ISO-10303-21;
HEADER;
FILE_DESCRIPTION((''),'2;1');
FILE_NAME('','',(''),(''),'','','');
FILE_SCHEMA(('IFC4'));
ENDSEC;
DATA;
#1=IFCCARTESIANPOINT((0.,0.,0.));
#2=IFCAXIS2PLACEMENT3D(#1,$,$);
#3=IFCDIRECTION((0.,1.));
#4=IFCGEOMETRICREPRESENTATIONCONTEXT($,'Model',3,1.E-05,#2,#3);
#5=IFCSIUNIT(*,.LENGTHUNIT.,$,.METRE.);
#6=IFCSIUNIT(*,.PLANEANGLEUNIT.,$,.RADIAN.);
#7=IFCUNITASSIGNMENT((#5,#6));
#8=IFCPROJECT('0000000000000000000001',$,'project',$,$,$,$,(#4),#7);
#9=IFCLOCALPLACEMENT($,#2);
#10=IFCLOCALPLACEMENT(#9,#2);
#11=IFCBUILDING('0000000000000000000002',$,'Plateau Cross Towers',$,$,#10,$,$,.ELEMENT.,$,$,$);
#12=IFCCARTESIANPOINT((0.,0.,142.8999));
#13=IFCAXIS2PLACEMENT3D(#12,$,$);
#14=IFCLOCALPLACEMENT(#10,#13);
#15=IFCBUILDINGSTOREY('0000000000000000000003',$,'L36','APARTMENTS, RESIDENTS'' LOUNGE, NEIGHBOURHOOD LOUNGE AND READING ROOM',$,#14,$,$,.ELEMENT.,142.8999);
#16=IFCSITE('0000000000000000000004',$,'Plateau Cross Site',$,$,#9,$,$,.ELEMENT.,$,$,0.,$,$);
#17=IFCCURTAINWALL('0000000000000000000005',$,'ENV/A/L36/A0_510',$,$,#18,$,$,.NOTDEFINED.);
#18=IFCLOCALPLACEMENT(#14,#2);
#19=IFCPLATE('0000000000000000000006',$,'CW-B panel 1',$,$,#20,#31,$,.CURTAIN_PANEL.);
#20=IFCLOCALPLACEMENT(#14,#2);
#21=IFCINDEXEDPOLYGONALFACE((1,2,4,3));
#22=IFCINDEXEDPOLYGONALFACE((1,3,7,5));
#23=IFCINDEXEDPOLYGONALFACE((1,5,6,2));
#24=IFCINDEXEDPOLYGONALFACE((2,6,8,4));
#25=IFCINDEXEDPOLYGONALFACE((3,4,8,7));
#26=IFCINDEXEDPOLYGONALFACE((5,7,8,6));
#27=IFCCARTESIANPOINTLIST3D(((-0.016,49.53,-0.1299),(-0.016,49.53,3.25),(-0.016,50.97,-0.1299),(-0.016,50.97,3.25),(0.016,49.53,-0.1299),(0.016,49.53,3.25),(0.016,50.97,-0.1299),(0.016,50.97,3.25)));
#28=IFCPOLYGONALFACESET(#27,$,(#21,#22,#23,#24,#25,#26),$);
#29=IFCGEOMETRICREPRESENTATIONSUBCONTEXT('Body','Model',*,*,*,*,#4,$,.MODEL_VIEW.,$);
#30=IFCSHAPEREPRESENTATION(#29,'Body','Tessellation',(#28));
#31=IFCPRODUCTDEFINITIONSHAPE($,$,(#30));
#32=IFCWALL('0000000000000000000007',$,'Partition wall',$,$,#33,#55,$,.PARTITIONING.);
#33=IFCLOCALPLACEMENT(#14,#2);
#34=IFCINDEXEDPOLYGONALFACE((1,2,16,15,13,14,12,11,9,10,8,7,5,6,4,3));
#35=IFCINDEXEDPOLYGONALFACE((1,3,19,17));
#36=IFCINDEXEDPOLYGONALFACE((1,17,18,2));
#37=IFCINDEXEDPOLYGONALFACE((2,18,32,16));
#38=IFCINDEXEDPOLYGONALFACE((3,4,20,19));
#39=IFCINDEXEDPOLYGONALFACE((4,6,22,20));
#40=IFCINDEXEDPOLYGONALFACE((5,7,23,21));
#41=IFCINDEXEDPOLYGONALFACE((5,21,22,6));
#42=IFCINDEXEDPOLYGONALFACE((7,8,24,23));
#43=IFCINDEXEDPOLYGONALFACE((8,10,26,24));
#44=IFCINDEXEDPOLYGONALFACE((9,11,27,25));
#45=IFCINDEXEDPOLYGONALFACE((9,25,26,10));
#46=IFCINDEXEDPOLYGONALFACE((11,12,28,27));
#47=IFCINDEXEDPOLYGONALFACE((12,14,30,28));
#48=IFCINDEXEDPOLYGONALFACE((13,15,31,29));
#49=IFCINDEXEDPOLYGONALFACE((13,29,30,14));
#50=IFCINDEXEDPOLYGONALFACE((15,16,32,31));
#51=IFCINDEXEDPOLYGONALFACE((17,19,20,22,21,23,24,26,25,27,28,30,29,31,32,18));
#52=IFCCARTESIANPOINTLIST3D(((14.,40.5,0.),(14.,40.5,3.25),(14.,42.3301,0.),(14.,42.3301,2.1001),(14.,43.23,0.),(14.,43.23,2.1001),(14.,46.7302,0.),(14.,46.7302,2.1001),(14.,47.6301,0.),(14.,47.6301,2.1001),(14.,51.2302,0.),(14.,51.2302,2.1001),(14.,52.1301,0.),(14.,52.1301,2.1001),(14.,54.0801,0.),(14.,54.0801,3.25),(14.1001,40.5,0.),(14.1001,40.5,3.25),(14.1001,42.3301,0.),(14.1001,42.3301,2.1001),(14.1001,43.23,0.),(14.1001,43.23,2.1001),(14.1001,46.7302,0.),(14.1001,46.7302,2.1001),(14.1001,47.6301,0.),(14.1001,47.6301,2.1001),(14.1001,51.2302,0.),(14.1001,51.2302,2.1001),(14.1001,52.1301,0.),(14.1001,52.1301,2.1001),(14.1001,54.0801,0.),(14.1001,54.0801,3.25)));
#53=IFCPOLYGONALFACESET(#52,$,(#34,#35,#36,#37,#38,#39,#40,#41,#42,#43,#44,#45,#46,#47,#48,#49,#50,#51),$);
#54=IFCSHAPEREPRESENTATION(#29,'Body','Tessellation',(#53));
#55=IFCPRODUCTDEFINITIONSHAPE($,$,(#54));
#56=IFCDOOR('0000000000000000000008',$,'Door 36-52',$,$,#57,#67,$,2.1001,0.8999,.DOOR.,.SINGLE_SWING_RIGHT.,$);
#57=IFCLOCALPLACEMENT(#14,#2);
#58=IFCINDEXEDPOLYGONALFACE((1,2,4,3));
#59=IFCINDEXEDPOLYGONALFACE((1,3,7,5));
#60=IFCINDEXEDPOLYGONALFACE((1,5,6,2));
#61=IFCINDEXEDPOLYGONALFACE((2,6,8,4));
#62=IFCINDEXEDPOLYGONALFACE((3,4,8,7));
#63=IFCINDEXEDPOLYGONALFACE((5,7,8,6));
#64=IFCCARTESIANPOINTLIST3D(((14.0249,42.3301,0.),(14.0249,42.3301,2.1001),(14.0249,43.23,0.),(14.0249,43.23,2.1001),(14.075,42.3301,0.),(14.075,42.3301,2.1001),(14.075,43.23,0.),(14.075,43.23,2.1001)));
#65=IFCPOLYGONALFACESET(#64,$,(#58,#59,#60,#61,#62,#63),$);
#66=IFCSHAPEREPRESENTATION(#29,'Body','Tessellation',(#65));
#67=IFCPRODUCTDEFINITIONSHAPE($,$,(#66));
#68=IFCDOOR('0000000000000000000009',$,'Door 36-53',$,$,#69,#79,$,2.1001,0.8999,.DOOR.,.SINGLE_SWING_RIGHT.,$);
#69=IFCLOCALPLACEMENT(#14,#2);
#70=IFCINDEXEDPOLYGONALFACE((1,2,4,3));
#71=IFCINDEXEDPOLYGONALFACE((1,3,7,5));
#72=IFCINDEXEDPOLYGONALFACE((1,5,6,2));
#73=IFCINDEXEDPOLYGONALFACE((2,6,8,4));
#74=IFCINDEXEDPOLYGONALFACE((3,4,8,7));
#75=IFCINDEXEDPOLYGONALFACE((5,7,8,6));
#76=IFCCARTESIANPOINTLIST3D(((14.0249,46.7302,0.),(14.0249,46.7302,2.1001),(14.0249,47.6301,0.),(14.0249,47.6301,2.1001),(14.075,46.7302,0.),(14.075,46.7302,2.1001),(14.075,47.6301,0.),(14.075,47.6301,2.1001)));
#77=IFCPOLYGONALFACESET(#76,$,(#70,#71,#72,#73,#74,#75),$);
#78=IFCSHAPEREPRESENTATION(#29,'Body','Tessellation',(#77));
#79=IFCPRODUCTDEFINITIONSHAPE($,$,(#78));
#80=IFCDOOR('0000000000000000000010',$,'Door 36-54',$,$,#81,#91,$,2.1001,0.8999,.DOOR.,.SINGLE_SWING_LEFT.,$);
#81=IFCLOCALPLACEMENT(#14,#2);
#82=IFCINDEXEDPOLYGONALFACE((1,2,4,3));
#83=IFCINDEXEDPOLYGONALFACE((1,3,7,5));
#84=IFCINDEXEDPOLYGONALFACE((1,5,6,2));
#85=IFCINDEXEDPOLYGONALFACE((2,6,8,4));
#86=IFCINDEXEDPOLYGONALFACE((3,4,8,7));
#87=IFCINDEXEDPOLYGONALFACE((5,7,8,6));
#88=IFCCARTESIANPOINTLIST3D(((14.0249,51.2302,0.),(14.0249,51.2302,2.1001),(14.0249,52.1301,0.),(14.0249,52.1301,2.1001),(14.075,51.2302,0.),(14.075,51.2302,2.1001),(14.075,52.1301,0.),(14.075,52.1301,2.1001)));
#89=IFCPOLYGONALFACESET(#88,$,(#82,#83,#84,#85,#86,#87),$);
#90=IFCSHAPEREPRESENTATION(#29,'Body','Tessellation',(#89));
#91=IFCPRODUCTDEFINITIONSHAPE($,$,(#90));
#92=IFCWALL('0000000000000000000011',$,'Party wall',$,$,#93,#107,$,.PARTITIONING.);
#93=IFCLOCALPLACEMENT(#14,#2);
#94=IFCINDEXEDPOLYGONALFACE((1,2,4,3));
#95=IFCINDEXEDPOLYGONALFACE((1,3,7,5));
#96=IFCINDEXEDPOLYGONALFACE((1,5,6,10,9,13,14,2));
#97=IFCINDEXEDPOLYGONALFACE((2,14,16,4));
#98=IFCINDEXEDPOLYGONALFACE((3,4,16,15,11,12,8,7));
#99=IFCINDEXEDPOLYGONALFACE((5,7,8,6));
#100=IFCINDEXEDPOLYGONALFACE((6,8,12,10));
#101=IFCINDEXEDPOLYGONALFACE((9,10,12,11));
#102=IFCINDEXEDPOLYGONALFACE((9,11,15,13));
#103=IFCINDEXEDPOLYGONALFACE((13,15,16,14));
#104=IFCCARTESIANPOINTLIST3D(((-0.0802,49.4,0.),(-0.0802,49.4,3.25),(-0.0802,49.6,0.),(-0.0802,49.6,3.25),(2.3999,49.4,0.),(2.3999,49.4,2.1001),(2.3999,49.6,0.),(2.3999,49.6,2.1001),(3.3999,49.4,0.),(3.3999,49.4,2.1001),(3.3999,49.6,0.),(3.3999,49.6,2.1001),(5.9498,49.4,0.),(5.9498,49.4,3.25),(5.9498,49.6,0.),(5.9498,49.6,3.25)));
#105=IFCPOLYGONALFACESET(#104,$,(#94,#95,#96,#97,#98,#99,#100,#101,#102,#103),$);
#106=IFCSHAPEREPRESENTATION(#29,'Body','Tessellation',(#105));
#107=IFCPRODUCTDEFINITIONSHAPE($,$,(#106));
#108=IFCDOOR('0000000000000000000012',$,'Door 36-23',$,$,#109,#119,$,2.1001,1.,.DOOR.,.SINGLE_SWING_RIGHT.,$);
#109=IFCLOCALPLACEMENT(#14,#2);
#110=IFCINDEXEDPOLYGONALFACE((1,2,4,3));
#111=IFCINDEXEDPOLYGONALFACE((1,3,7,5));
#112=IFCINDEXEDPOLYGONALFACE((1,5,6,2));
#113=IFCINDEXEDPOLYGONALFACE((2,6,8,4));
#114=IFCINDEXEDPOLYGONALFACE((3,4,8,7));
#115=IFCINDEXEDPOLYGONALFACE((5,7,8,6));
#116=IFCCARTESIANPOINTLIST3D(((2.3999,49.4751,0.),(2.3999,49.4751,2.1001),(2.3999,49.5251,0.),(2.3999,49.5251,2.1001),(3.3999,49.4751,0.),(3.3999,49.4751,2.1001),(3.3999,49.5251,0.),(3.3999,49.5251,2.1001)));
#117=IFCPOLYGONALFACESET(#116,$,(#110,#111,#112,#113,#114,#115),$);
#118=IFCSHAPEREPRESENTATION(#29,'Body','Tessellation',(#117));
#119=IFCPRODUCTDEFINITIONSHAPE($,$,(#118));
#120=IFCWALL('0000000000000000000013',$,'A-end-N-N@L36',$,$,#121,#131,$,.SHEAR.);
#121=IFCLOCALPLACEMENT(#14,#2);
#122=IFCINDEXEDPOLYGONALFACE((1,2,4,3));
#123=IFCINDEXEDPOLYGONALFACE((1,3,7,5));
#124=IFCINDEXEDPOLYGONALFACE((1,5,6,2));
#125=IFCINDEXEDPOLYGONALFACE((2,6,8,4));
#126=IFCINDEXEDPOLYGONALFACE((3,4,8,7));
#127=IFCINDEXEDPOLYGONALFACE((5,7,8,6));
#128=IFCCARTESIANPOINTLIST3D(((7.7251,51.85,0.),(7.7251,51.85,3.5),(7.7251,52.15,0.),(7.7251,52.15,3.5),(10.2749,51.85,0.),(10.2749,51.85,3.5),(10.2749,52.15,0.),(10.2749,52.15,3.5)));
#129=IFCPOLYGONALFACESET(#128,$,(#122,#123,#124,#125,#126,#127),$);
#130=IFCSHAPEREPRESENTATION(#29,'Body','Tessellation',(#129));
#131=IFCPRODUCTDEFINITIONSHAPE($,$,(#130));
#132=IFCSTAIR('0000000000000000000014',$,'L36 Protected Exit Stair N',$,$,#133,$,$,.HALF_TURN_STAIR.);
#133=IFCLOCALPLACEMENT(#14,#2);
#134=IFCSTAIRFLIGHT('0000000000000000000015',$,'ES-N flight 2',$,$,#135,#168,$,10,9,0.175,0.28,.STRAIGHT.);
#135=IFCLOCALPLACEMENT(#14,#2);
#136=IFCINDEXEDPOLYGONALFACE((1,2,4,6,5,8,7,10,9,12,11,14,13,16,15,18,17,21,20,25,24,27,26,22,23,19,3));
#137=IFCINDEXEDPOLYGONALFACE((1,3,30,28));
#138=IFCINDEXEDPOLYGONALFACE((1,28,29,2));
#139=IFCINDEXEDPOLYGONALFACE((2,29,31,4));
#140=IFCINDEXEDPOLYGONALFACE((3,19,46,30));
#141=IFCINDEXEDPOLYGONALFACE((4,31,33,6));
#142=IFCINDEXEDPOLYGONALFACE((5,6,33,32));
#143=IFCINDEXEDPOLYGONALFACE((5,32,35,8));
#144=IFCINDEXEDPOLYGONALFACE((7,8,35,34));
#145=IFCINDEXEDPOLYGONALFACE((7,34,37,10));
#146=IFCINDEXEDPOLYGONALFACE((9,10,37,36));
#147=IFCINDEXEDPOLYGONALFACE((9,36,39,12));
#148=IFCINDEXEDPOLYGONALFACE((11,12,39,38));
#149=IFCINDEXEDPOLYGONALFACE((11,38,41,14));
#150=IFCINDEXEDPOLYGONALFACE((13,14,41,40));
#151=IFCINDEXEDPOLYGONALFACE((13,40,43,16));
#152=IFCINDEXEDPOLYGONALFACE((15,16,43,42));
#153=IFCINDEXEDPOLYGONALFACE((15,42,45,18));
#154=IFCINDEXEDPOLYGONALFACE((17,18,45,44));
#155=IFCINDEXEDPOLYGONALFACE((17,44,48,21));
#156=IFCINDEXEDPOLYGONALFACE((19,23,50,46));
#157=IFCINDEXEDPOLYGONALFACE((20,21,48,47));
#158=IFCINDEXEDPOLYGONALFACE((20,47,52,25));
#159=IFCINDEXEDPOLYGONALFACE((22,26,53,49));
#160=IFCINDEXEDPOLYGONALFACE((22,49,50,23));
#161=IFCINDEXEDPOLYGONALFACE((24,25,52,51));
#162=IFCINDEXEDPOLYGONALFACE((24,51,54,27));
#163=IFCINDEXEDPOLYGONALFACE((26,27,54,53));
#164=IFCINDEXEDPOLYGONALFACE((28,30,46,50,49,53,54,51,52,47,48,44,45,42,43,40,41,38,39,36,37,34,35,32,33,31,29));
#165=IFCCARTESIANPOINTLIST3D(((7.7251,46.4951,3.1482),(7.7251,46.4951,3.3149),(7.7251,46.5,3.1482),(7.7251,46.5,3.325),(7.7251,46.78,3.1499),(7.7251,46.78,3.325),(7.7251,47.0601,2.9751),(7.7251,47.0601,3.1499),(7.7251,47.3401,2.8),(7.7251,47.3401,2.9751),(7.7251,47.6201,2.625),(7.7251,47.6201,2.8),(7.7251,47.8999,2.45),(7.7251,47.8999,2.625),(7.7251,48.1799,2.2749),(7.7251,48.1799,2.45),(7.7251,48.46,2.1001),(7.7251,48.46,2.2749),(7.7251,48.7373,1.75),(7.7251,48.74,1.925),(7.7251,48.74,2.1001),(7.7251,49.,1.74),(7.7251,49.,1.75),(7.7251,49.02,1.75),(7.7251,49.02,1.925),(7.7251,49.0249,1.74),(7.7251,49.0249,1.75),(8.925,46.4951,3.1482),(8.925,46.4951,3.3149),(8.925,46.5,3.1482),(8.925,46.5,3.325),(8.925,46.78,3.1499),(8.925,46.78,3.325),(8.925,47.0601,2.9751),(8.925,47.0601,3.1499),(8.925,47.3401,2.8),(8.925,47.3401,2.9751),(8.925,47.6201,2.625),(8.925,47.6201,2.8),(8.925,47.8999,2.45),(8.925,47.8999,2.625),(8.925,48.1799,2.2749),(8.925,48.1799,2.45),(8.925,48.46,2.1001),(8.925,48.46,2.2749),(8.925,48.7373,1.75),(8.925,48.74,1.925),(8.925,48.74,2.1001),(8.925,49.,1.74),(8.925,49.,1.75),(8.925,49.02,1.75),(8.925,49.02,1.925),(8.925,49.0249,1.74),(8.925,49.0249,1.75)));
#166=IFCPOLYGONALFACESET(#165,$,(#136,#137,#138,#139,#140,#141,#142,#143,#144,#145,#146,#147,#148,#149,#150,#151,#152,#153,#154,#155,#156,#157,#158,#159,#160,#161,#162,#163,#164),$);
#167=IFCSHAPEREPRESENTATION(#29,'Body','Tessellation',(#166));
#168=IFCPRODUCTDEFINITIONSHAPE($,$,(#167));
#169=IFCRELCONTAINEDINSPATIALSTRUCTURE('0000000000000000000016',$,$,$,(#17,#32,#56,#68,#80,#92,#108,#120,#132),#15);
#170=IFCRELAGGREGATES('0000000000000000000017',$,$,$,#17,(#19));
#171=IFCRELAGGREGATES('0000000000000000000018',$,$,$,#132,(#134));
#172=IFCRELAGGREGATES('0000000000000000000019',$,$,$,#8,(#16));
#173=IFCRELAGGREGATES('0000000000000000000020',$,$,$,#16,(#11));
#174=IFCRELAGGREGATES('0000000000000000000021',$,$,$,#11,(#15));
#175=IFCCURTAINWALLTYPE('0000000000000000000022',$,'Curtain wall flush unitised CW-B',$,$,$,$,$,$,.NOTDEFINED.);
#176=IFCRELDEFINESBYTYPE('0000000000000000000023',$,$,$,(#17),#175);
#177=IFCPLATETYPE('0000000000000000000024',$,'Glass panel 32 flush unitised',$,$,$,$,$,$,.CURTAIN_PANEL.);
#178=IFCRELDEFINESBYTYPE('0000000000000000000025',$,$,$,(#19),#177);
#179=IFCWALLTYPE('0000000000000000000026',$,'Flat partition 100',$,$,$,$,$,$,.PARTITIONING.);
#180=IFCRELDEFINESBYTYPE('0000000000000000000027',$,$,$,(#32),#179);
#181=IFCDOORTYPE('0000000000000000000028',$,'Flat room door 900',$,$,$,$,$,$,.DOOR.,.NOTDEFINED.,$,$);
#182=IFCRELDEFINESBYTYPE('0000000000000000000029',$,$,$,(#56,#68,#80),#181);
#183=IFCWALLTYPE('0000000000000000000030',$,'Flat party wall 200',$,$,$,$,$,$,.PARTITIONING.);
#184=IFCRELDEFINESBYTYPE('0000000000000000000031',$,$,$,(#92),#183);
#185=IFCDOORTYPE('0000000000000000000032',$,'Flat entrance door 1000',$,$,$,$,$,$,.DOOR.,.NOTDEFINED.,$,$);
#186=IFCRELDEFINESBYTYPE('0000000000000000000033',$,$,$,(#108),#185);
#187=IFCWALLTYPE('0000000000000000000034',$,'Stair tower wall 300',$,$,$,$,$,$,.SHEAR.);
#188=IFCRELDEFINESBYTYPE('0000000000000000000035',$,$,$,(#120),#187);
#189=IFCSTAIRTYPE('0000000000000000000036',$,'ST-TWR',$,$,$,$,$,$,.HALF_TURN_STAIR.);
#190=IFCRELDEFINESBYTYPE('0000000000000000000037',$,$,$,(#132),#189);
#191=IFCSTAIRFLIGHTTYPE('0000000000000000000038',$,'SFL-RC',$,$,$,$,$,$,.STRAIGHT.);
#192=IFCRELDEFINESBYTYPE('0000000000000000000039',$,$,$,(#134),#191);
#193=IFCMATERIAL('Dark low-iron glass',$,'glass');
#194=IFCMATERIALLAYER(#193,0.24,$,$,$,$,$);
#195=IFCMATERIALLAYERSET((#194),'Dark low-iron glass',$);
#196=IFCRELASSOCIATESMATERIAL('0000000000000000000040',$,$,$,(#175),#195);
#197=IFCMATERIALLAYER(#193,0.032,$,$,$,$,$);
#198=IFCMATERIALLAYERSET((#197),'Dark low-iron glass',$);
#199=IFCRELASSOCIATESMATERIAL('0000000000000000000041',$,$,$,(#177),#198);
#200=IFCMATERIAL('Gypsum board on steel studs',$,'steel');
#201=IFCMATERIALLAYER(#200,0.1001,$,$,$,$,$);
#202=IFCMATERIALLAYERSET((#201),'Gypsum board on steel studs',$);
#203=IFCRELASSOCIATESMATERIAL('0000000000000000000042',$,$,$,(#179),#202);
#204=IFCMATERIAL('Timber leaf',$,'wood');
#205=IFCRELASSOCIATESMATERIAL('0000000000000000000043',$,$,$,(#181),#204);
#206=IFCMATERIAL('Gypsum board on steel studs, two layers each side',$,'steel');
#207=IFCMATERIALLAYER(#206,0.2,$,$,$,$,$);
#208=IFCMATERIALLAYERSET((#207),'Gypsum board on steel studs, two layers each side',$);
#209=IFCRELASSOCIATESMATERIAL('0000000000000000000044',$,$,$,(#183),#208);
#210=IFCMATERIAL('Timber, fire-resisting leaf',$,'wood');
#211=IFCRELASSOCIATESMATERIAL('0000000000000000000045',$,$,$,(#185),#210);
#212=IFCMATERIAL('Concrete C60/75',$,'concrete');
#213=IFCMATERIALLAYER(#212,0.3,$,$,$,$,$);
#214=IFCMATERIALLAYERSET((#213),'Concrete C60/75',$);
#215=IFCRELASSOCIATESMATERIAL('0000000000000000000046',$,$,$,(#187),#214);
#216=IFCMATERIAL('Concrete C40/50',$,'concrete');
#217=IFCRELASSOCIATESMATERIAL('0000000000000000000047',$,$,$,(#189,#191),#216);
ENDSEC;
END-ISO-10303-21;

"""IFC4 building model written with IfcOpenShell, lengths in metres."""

from ifc_helpers import new_model, si_unit, direction, frame, frame_2d, origin, origin_2d, place, context, subcontext, project, spatial, polyline, rectangle, outline, extrude, material, layer, layer_set, type_object, element, fill, aggregate, save


model = new_model("IFC4")

# Units and contexts
model_context = context("Model", 3, precision=1e-05, world=origin(), true_north=direction((0.0, 1.0)))
body_context = subcontext(model_context, "Body", "Model", "MODEL_VIEW")
ifc_project = project(units=[si_unit("LENGTHUNIT", "METRE"), si_unit("PLANEANGLEUNIT", "RADIAN")], contexts=[model_context])

# Site, building, storey
site_placement = place(None, origin())
site = spatial("IfcSite", under=ifc_project, at=site_placement, Name="Plateau Cross Site", CompositionType="ELEMENT", RefElevation=0.0)
building_placement = place(site_placement, origin())
building = spatial("IfcBuilding", under=site, at=building_placement, Name="Plateau Cross Towers", CompositionType="ELEMENT")
storey_placement = place(building_placement, frame((0.0, 0.0, 142.8999)))
storey = spatial("IfcBuildingStorey", under=building, at=storey_placement, Name="L36", Description="APARTMENTS, RESIDENTS' LOUNGE, NEIGHBOURHOOD LOUNGE AND READING ROOM", CompositionType="ELEMENT", Elevation=142.8999)

# Shared definitions
ifc_material_1 = material(Name="Concrete C60/75", Category="concrete")

# Shared definitions
ifc_material_2 = material(Name="Dark low-iron glass", Category="glass")
ifc_layer_1 = layer(ifc_material_2, 0.24)
ifc_layer_set_1 = layer_set([ifc_layer_1], Name="Dark low-iron glass")
curtain_wall_type = type_object("IfcCurtainWallType", Name="Curtain wall flush unitised CW-B", PredefinedType="NOTDEFINED", material=ifc_layer_set_1)

# Curtain wall
curtain_wall_1_placement = place(storey_placement, origin())
curtain_wall_1 = element("IfcCurtainWall", 1, at=curtain_wall_1_placement, inside=storey, type_object=curtain_wall_type, Name="ENV/A/L36/A0_510", PredefinedType="NOTDEFINED")

# Plate
ifc_layer_2 = layer(ifc_material_2, 0.032)
ifc_layer_set_2 = layer_set([ifc_layer_2], Name="Dark low-iron glass")
plate_type = type_object("IfcPlateType", Name="Glass panel 32 flush unitised", PredefinedType="CURTAIN_PANEL", material=ifc_layer_set_2)
plate_1_placement = place(storey_placement, frame((0.0, 50.25, -0.1299), z_axis=(0.0, 0.0, 1.0), x_axis=(0.0, -1.0, 0.0)))
plate_1 = element("IfcPlate", 2, at=plate_1_placement, type_object=plate_type, Name="CW-B panel 1", PredefinedType="CURTAIN_PANEL", context=body_context, shape_type="SweptSolid", body=[
    extrude(rectangle(XDim=1.4399, YDim=0.032, at=origin_2d()), origin(), (0.0, 0.0, 1.0), 3.3799),
])
aggregate(curtain_wall_1, [plate_1])

# Wall, openings, doors
ifc_material_3 = material(Name="Gypsum board on steel studs", Category="steel")
ifc_layer_3 = layer(ifc_material_3, 0.1001)
ifc_layer_set_3 = layer_set([ifc_layer_3], Name="Gypsum board on steel studs")
wall_type_1 = type_object("IfcWallType", Name="Flat partition 100", PredefinedType="PARTITIONING", material=ifc_layer_set_3)
wall_1_placement = place(storey_placement, frame((14.05, 54.0801, 0.0), z_axis=(0.0, 0.0, 1.0), x_axis=(0.0, -1.0, 0.0)))
wall_1 = element("IfcWall", 3, at=wall_1_placement, inside=storey, type_object=wall_type_1, Name="Partition wall", PredefinedType="PARTITIONING", context=body_context, shape_type="SweptSolid", body=[
    extrude(rectangle(XDim=13.5801, YDim=0.1001, at=frame_2d((6.79, 0.0))), origin(), (0.0, 0.0, 1.0), 3.25),
])
opening_1_placement = place(wall_1_placement, frame((10.8501, 0.0, 0.0)))
opening_1 = element("IfcOpeningElement", 4, at=opening_1_placement, cuts=wall_1, PredefinedType="OPENING", context=body_context, shape_type="SweptSolid", body=[
    extrude(rectangle(XDim=0.8999, YDim=2.1001, at=frame_2d((0.45, 1.05))), frame((0.0, 0.0601, 0.0), z_axis=(0.0, -1.0, 0.0), x_axis=(1.0, 0.0, 0.0)), (0.0, 0.0, 1.0), 0.1201),
])
opening_2_placement = place(wall_1_placement, frame((6.45, 0.0, 0.0)))
opening_2 = element("IfcOpeningElement", 5, at=opening_2_placement, cuts=wall_1, PredefinedType="OPENING", context=body_context, shape_type="SweptSolid", body=[
    extrude(rectangle(XDim=0.8999, YDim=2.1001, at=frame_2d((0.45, 1.05))), frame((0.0, 0.0601, 0.0), z_axis=(0.0, -1.0, 0.0), x_axis=(1.0, 0.0, 0.0)), (0.0, 0.0, 1.0), 0.1201),
])
opening_3_placement = place(wall_1_placement, frame((1.95, 0.0, 0.0)))
opening_3 = element("IfcOpeningElement", 6, at=opening_3_placement, cuts=wall_1, PredefinedType="OPENING", context=body_context, shape_type="SweptSolid", body=[
    extrude(rectangle(XDim=0.8999, YDim=2.1001, at=frame_2d((0.45, 1.05))), frame((0.0, 0.0601, 0.0), z_axis=(0.0, -1.0, 0.0), x_axis=(1.0, 0.0, 0.0)), (0.0, 0.0, 1.0), 0.1201),
])
ifc_material_4 = material(Name="Timber leaf", Category="wood")
door_type_1 = type_object("IfcDoorType", Name="Flat room door 900", OperationType="NOTDEFINED", PredefinedType="DOOR", material=ifc_material_4)
door_1_placement = place(opening_1_placement, origin())
door_1 = element("IfcDoor", 7, at=door_1_placement, inside=storey, type_object=door_type_1, Name="Door 36-52", OperationType="SINGLE_SWING_RIGHT", OverallHeight=2.1001, OverallWidth=0.8999, PredefinedType="DOOR", context=body_context, shape_type="SweptSolid", body=[
    extrude(rectangle(XDim=0.8999, YDim=2.1001, at=frame_2d((0.45, 1.05))), frame((0.0, 0.0249, 0.0), z_axis=(0.0, -1.0, 0.0), x_axis=(1.0, 0.0, 0.0)), (0.0, 0.0, 1.0), 0.05),
])
fill(opening_1, door_1)
door_2_placement = place(opening_2_placement, origin())
door_2 = element("IfcDoor", 8, at=door_2_placement, inside=storey, type_object=door_type_1, Name="Door 36-53", OperationType="SINGLE_SWING_RIGHT", OverallHeight=2.1001, OverallWidth=0.8999, PredefinedType="DOOR", context=body_context, shape_type="SweptSolid", body=[
    extrude(rectangle(XDim=0.8999, YDim=2.1001, at=frame_2d((0.45, 1.05))), frame((0.0, 0.0249, 0.0), z_axis=(0.0, -1.0, 0.0), x_axis=(1.0, 0.0, 0.0)), (0.0, 0.0, 1.0), 0.05),
])
fill(opening_2, door_2)
door_3_placement = place(opening_3_placement, origin())
door_3 = element("IfcDoor", 9, at=door_3_placement, inside=storey, type_object=door_type_1, Name="Door 36-54", OperationType="SINGLE_SWING_LEFT", OverallHeight=2.1001, OverallWidth=0.8999, PredefinedType="DOOR", context=body_context, shape_type="SweptSolid", body=[
    extrude(rectangle(XDim=0.8999, YDim=2.1001, at=frame_2d((0.45, 1.05))), frame((0.0, 0.0249, 0.0), z_axis=(0.0, -1.0, 0.0), x_axis=(1.0, 0.0, 0.0)), (0.0, 0.0, 1.0), 0.05),
])
fill(opening_3, door_3)

# Wall, opening, door
ifc_material_5 = material(Name="Gypsum board on steel studs, two layers each side", Category="steel")
ifc_layer_4 = layer(ifc_material_5, 0.2)
ifc_layer_set_4 = layer_set([ifc_layer_4], Name="Gypsum board on steel studs, two layers each side")
wall_type_2 = type_object("IfcWallType", Name="Flat party wall 200", PredefinedType="PARTITIONING", material=ifc_layer_set_4)
wall_2_placement = place(storey_placement, frame((5.95, 49.5, 0.0), z_axis=(0.0, 0.0, 1.0), x_axis=(-1.0, 0.0, 0.0)))
wall_2 = element("IfcWall", 10, at=wall_2_placement, inside=storey, type_object=wall_type_2, Name="Party wall", PredefinedType="PARTITIONING", context=body_context, shape_type="SweptSolid", body=[
    extrude(rectangle(XDim=6.03, YDim=0.2, at=frame_2d((3.0151, 0.0))), origin(), (0.0, 0.0, 1.0), 3.25),
])
opening_4_placement = place(wall_2_placement, frame((2.55, 0.0, 0.0)))
opening_4 = element("IfcOpeningElement", 11, at=opening_4_placement, cuts=wall_2, PredefinedType="OPENING", context=body_context, shape_type="SweptSolid", body=[
    extrude(rectangle(XDim=1.0, YDim=2.1001, at=frame_2d((0.5, 1.05))), frame((0.0, 0.1099, 0.0), z_axis=(0.0, -1.0, 0.0), x_axis=(1.0, 0.0, 0.0)), (0.0, 0.0, 1.0), 0.22),
])
ifc_material_6 = material(Name="Timber, fire-resisting leaf", Category="wood")
door_type_2 = type_object("IfcDoorType", Name="Flat entrance door 1000", OperationType="NOTDEFINED", PredefinedType="DOOR", material=ifc_material_6)
door_4_placement = place(opening_4_placement, origin())
door_4 = element("IfcDoor", 12, at=door_4_placement, inside=storey, type_object=door_type_2, Name="Door 36-23", OperationType="SINGLE_SWING_RIGHT", OverallHeight=2.1001, OverallWidth=1.0, PredefinedType="DOOR", context=body_context, shape_type="SweptSolid", body=[
    extrude(rectangle(XDim=1.0, YDim=2.1001, at=frame_2d((0.5, 1.05))), frame((0.0, 0.0249, 0.0), z_axis=(0.0, -1.0, 0.0), x_axis=(1.0, 0.0, 0.0)), (0.0, 0.0, 1.0), 0.05),
])
fill(opening_4, door_4)

# Wall
ifc_layer_5 = layer(ifc_material_1, 0.3)
ifc_layer_set_5 = layer_set([ifc_layer_5], Name="Concrete C60/75")
wall_type_3 = type_object("IfcWallType", Name="Stair tower wall 300", PredefinedType="SHEAR", material=ifc_layer_set_5)
wall_3_placement = place(storey_placement, frame((7.7251, 52.0, 0.0), z_axis=(0.0, 0.0, 1.0), x_axis=(1.0, 0.0, 0.0)))
element("IfcWall", 13, at=wall_3_placement, inside=storey, type_object=wall_type_3, Name="A-end-N-N@L36", PredefinedType="SHEAR", context=body_context, shape_type="SweptSolid", body=[
    extrude(rectangle(XDim=2.5498, YDim=0.3, at=frame_2d((1.2749, 0.0))), origin(), (0.0, 0.0, 1.0), 3.5),
])

# Stair, stair flight
ifc_material_7 = material(Name="Concrete C40/50", Category="concrete")
stair_type = type_object("IfcStairType", Name="ST-TWR", PredefinedType="HALF_TURN_STAIR", material=ifc_material_7)
stair_placement = place(storey_placement, origin())
stair = element("IfcStair", 14, at=stair_placement, inside=storey, type_object=stair_type, Name="L36 Protected Exit Stair N", PredefinedType="HALF_TURN_STAIR")
stair_flight_type = type_object("IfcStairFlightType", Name="SFL-RC", PredefinedType="STRAIGHT", material=ifc_material_7)
stair_flight_placement = place(storey_placement, frame((8.325, 49.02, 1.75), z_axis=(0.0, 0.0, 1.0), x_axis=(0.0, -1.0, 0.0)))
stair_flight = element("IfcStairFlight", 15, at=stair_flight_placement, type_object=stair_flight_type, Name="ES-N flight 2", NumberOfRisers=10, NumberOfTreads=9, PredefinedType="STRAIGHT", RiserHeight=0.175, TreadLength=0.28, context=body_context, shape_type="SweptSolid", body=[
    extrude(outline(polyline([(-0.0049, -0.01), (-0.0049, 0.0), (0.0, 0.0), (0.0, 0.175), (0.28, 0.175), (0.28, 0.3501), (0.5601, 0.3501), (0.5601, 0.5249), (0.8401, 0.5249), (0.8401, 0.7), (1.1201, 0.7), (1.1201, 0.875), (1.3999, 0.875), (1.3999, 1.05), (1.6799, 1.05), (1.6799, 1.2251), (1.96, 1.2251), (1.96, 1.3999), (2.24, 1.3999), (2.24, 1.575), (2.52, 1.575), (2.5249, 1.5649), (2.5249, 1.3982), (2.52, 1.3982), (0.2827, 0.0), (0.02, 0.0), (0.02, -0.01), (-0.0049, -0.01)])), frame((0.0, 0.6001, 0.0), z_axis=(0.0, -1.0, 0.0), x_axis=(1.0, 0.0, 0.0)), (0.0, 0.0, 1.0), 1.2),
])
aggregate(stair, [stair_flight])

save(model, "model.ifc")
